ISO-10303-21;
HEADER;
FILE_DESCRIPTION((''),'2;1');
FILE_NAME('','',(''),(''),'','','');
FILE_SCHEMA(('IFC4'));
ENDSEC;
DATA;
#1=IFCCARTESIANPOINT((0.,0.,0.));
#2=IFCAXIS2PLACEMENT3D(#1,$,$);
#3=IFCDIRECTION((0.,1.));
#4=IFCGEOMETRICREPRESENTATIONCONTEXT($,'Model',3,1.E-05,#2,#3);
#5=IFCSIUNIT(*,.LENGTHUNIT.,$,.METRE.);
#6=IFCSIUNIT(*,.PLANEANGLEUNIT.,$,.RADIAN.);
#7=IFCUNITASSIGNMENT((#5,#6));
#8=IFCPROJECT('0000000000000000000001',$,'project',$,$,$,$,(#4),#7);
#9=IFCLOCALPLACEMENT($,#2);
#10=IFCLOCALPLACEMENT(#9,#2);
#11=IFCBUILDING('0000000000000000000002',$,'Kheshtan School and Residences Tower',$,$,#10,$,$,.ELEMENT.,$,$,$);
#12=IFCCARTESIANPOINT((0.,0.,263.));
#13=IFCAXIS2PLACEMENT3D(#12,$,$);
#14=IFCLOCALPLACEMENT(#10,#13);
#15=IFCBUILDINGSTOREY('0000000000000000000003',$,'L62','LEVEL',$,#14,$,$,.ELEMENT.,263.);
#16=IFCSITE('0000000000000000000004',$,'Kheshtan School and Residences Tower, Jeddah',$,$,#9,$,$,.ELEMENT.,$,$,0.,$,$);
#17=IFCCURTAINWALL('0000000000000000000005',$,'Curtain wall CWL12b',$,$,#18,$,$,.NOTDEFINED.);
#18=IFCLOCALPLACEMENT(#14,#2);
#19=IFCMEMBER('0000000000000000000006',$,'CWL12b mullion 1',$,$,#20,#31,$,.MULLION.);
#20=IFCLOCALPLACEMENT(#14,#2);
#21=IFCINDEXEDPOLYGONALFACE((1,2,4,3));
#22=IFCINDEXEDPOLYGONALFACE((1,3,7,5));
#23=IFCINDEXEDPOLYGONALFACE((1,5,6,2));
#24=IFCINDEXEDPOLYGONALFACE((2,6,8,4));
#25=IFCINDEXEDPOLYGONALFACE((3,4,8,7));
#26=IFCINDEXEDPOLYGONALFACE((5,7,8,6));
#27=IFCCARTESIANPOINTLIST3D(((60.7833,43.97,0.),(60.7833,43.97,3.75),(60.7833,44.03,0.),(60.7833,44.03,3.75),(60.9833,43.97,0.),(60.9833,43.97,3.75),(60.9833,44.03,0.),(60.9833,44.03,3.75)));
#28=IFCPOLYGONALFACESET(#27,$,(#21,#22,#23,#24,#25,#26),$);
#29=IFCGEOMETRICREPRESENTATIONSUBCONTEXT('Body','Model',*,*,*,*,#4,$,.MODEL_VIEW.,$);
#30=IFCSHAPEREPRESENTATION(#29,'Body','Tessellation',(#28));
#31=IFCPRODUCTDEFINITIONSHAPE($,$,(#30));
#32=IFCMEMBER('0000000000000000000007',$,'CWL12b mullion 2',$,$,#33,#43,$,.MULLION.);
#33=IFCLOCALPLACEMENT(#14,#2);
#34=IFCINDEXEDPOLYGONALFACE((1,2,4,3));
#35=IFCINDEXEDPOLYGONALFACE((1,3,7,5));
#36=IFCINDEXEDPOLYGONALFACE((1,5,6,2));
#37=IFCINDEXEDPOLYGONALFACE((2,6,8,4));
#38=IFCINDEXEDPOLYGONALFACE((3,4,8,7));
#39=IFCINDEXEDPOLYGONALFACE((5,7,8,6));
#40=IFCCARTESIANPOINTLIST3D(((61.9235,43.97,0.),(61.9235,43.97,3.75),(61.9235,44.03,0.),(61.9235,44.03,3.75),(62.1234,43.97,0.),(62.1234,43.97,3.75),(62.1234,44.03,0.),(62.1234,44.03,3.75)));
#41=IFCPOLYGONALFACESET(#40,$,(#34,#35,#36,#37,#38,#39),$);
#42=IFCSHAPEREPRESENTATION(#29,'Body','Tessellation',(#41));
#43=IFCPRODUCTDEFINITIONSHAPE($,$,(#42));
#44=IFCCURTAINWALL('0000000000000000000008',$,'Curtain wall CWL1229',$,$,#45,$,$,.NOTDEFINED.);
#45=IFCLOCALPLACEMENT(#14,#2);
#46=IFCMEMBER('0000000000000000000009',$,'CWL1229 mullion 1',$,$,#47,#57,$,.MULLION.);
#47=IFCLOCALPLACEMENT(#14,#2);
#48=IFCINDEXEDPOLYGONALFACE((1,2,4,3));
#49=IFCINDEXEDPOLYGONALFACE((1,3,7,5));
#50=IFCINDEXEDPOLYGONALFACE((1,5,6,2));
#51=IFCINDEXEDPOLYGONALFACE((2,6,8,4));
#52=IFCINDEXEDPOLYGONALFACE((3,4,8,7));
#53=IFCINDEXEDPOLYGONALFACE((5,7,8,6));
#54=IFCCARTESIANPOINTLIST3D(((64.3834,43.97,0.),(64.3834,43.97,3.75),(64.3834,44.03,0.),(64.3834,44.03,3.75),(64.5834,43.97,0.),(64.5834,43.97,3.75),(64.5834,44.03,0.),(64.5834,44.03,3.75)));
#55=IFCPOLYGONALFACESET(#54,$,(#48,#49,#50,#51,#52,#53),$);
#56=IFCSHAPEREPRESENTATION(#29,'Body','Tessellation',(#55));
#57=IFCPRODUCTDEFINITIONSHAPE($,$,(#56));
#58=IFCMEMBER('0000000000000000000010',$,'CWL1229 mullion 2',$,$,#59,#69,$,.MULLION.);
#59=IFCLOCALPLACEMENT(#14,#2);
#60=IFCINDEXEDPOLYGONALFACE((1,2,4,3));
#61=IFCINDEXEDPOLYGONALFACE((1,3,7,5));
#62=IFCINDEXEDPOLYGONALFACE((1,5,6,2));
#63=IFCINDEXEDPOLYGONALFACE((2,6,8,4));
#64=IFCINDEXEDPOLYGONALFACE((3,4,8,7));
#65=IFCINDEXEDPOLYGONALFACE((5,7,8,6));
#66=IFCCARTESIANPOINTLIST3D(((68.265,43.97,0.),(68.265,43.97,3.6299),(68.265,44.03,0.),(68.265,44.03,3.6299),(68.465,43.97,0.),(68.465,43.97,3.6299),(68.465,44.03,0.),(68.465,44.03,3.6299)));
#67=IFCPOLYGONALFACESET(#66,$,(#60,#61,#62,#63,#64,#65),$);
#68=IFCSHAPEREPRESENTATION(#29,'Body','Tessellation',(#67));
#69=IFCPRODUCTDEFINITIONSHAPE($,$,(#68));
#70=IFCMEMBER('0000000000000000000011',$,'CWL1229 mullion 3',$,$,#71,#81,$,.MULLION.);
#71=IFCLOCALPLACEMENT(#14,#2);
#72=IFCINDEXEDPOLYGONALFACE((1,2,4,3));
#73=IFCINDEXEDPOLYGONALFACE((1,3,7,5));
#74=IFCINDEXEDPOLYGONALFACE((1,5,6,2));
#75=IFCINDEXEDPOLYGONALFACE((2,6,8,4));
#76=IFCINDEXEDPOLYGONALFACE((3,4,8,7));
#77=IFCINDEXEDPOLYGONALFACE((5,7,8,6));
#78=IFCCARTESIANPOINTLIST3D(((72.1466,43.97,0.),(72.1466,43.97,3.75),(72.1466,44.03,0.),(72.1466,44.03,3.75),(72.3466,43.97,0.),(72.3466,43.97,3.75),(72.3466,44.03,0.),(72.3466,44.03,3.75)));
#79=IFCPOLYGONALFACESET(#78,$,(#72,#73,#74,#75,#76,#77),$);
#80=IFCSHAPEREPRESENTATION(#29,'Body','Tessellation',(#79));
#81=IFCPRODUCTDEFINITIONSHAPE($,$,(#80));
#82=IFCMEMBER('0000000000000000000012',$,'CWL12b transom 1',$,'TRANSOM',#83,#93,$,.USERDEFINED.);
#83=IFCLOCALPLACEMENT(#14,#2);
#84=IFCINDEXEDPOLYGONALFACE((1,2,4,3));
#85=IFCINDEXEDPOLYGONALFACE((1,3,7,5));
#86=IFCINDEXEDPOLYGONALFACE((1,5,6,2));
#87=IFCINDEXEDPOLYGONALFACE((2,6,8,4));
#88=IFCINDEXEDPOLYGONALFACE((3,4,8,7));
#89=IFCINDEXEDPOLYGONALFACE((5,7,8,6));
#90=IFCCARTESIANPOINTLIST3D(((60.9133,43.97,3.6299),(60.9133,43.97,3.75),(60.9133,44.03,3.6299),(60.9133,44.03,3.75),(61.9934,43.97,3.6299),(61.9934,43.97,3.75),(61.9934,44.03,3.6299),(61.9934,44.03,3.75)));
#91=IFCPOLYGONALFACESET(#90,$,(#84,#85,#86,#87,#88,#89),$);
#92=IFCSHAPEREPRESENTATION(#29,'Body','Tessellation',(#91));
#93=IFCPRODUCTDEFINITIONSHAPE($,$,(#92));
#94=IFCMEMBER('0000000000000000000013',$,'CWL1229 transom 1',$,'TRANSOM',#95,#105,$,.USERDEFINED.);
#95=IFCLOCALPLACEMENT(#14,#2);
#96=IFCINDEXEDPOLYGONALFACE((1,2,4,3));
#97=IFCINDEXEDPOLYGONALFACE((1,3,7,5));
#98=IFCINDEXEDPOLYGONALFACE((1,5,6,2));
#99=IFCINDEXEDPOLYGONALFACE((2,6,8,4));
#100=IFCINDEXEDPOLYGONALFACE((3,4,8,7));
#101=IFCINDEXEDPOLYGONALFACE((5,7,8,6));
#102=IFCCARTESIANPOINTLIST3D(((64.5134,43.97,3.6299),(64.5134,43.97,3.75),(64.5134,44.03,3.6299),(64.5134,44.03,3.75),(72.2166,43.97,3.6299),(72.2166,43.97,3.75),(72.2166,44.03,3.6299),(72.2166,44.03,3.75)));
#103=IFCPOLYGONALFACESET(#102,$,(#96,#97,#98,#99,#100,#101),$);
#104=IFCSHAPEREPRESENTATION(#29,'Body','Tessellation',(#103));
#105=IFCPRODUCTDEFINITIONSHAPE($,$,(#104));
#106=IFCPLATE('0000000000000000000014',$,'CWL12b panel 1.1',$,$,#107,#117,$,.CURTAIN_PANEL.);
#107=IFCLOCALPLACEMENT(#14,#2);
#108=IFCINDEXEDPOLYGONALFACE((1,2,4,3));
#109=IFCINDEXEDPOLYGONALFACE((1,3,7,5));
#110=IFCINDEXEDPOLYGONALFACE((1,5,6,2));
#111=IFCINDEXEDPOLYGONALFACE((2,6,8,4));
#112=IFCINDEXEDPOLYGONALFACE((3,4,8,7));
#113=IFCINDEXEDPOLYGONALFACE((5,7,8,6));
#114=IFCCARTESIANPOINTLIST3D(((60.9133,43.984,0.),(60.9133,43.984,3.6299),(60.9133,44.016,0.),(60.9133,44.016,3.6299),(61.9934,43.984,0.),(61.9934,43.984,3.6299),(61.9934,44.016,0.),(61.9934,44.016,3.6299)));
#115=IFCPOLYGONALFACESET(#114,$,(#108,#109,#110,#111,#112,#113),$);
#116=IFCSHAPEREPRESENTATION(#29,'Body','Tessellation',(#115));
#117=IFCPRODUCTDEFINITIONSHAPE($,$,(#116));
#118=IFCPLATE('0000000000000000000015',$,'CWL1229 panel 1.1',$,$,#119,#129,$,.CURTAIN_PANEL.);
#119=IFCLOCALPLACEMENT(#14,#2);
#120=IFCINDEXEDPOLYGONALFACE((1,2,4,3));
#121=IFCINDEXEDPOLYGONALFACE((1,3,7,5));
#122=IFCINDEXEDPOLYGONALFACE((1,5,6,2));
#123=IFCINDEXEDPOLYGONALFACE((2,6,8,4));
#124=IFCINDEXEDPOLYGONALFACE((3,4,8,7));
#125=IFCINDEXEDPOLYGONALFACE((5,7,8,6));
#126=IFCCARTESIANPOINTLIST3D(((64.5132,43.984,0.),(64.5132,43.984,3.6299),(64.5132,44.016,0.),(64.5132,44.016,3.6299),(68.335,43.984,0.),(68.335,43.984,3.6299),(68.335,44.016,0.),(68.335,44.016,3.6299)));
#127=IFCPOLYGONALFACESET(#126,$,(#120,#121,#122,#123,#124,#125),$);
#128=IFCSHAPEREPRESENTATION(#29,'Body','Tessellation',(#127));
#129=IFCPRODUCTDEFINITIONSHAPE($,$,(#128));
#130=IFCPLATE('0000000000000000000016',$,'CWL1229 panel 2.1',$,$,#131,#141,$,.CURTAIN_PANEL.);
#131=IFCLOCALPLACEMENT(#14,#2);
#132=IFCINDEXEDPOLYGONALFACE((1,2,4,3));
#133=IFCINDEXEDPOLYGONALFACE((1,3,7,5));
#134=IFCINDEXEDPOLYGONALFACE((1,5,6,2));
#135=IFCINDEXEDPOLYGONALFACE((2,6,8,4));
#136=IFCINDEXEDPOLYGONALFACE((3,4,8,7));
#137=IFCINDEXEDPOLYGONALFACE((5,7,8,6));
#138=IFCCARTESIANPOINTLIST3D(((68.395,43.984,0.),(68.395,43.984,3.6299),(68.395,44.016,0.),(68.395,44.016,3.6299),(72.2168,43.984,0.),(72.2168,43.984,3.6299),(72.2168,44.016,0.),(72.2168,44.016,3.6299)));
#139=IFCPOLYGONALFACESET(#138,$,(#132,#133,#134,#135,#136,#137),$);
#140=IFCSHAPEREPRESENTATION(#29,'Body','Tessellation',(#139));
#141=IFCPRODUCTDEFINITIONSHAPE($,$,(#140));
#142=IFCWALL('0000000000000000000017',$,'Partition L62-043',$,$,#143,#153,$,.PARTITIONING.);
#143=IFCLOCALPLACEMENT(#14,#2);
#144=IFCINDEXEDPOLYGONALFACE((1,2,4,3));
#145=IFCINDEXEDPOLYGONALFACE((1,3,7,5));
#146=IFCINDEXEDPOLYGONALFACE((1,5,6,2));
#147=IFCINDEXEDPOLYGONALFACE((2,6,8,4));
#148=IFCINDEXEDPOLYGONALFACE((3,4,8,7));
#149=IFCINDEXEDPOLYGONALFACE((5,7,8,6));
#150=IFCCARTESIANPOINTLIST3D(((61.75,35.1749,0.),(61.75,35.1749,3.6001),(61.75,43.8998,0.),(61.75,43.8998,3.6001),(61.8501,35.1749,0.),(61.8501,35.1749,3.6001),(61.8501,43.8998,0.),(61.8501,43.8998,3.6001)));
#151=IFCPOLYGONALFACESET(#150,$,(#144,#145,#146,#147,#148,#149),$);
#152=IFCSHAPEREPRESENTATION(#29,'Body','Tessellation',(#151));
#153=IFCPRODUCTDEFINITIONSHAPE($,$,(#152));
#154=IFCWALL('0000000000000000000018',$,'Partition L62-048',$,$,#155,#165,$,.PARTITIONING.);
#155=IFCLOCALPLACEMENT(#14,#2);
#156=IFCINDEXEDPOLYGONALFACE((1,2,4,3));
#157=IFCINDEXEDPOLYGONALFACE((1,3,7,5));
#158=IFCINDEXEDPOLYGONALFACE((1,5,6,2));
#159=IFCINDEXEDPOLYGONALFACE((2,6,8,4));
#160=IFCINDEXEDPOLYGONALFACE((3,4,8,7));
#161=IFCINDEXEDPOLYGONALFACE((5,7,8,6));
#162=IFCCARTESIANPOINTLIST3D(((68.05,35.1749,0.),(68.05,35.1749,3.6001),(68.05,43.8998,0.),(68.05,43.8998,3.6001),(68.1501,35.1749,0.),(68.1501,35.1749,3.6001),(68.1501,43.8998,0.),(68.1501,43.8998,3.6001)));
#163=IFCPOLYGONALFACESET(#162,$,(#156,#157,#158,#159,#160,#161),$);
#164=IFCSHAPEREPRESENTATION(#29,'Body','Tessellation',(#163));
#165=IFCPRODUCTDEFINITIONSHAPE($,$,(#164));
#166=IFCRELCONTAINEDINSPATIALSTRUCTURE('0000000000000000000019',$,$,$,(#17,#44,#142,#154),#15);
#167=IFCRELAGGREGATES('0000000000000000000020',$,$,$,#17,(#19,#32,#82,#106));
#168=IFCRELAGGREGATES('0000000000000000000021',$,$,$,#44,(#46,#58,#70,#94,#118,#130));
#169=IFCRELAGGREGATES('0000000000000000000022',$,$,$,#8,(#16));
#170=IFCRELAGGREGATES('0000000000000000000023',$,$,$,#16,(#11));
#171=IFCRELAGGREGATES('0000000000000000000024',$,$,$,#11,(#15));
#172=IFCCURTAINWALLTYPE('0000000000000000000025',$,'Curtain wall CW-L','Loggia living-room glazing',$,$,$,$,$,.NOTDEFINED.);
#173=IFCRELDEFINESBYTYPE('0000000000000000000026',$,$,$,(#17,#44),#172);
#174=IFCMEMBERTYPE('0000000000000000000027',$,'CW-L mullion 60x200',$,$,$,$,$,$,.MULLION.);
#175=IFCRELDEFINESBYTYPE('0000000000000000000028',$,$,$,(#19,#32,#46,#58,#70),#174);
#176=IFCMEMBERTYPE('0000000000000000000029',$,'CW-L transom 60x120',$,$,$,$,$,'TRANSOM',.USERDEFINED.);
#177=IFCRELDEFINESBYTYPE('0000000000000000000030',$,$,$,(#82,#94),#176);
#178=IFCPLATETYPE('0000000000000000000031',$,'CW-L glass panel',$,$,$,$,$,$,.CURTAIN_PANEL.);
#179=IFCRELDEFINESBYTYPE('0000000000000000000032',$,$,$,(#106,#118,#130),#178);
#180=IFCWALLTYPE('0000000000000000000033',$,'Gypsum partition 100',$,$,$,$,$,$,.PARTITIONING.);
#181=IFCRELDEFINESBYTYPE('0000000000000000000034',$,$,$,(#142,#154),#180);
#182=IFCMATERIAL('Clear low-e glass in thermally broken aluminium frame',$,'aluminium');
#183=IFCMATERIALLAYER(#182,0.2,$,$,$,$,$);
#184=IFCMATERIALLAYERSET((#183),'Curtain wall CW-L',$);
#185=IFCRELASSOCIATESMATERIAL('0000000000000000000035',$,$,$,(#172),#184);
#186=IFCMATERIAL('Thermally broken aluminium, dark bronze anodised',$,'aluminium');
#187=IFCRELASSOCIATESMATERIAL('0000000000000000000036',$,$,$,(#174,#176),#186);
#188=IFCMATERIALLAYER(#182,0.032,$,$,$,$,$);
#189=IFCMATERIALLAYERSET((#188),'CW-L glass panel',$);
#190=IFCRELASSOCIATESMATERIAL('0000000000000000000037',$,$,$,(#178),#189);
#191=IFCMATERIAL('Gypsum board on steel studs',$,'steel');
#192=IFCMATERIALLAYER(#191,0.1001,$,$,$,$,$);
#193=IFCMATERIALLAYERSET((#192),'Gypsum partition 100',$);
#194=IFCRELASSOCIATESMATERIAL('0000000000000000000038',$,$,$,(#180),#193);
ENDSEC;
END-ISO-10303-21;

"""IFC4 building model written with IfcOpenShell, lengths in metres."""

from ifc_helpers import new_model, si_unit, direction, frame, frame_2d, origin, origin_2d, place, context, subcontext, project, spatial, rectangle, extrude, material, layer, layer_set, material_profile, profile_set, type_object, element, aggregate, save


model = new_model("IFC4")

# Units and contexts
model_context = context("Model", 3, precision=1e-05, world=origin(), true_north=direction((0.0, 1.0)))
body_context = subcontext(model_context, "Body", "Model", "MODEL_VIEW")
ifc_project = project(units=[si_unit("LENGTHUNIT", "METRE"), si_unit("PLANEANGLEUNIT", "RADIAN")], contexts=[model_context])

# Site, building, storey
site_placement = place(None, origin())
site = spatial("IfcSite", under=ifc_project, at=site_placement, Name="Kheshtan School and Residences Tower, Jeddah", CompositionType="ELEMENT", RefElevation=0.0)
building_placement = place(site_placement, origin())
building = spatial("IfcBuilding", under=site, at=building_placement, Name="Kheshtan School and Residences Tower", CompositionType="ELEMENT")
storey_placement = place(building_placement, frame((0.0, 0.0, 263.0)))
storey = spatial("IfcBuildingStorey", under=building, at=storey_placement, Name="L62", Description="LEVEL", CompositionType="ELEMENT", Elevation=263.0)

# Curtain walls, members
ifc_material_1 = material(Name="Clear low-e glass in thermally broken aluminium frame", Category="aluminium")
ifc_layer_1 = layer(ifc_material_1, 0.2)
ifc_layer_set_1 = layer_set([ifc_layer_1], Name="Curtain wall CW-L")
curtain_wall_type = type_object("IfcCurtainWallType", Name="Curtain wall CW-L", Description="Loggia living-room glazing", PredefinedType="NOTDEFINED", material=ifc_layer_set_1)
curtain_wall_1_placement = place(storey_placement, origin())
curtain_wall_1 = element("IfcCurtainWall", 1, at=curtain_wall_1_placement, inside=storey, type_object=curtain_wall_type, Name="Curtain wall CWL12b", PredefinedType="NOTDEFINED")
ifc_material_2 = material(Name="Thermally broken aluminium, dark bronze anodised", Category="aluminium")
ifc_material_profile_1 = material_profile(ifc_material_2, rectangle(XDim=0.0601, YDim=0.2, at=origin_2d()), Name="CW-L mullion 60x200")
ifc_profile_set_1 = profile_set([ifc_material_profile_1], Name="Thermally broken aluminium, dark bronze anodised")
member_type_1 = type_object("IfcMemberType", Name="CW-L mullion 60x200", PredefinedType="MULLION", material=ifc_profile_set_1)
member_1_placement = place(storey_placement, frame((60.8833, 44.0, 0.0), z_axis=(0.0, 0.0, 1.0), x_axis=(0.0, 1.0, 0.0)))
member_1 = element("IfcMember", 2, at=member_1_placement, type_object=member_type_1, Name="CWL12b mullion 1", PredefinedType="MULLION", context=body_context, shape_type="SweptSolid", body=[
    extrude(rectangle(XDim=0.0601, YDim=0.2, at=origin_2d()), origin(), (0.0, 0.0, 1.0), 3.75),
])
member_2_placement = place(storey_placement, frame((62.0234, 44.0, 0.0), z_axis=(0.0, 0.0, 1.0), x_axis=(0.0, 1.0, 0.0)))
member_2 = element("IfcMember", 3, at=member_2_placement, type_object=member_type_1, Name="CWL12b mullion 2", PredefinedType="MULLION", context=body_context, shape_type="SweptSolid", body=[
    extrude(rectangle(XDim=0.0601, YDim=0.2, at=origin_2d()), origin(), (0.0, 0.0, 1.0), 3.75),
])
curtain_wall_2_placement = place(storey_placement, origin())
curtain_wall_2 = element("IfcCurtainWall", 4, at=curtain_wall_2_placement, inside=storey, type_object=curtain_wall_type, Name="Curtain wall CWL1229", PredefinedType="NOTDEFINED")
member_3_placement = place(storey_placement, frame((64.4834, 44.0, 0.0), z_axis=(0.0, 0.0, 1.0), x_axis=(0.0, 1.0, 0.0)))
member_3 = element("IfcMember", 5, at=member_3_placement, type_object=member_type_1, Name="CWL1229 mullion 1", PredefinedType="MULLION", context=body_context, shape_type="SweptSolid", body=[
    extrude(rectangle(XDim=0.0601, YDim=0.2, at=origin_2d()), origin(), (0.0, 0.0, 1.0), 3.75),
])
member_4_placement = place(storey_placement, frame((68.365, 44.0, 0.0), z_axis=(0.0, 0.0, 1.0), x_axis=(0.0, 1.0, 0.0)))
member_4 = element("IfcMember", 6, at=member_4_placement, type_object=member_type_1, Name="CWL1229 mullion 2", PredefinedType="MULLION", context=body_context, shape_type="SweptSolid", body=[
    extrude(rectangle(XDim=0.0601, YDim=0.2, at=origin_2d()), origin(), (0.0, 0.0, 1.0), 3.6299),
])
member_5_placement = place(storey_placement, frame((72.2466, 44.0, 0.0), z_axis=(0.0, 0.0, 1.0), x_axis=(0.0, 1.0, 0.0)))
member_5 = element("IfcMember", 7, at=member_5_placement, type_object=member_type_1, Name="CWL1229 mullion 3", PredefinedType="MULLION", context=body_context, shape_type="SweptSolid", body=[
    extrude(rectangle(XDim=0.0601, YDim=0.2, at=origin_2d()), origin(), (0.0, 0.0, 1.0), 3.75),
])

# Members
ifc_material_profile_2 = material_profile(ifc_material_2, rectangle(XDim=0.0601, YDim=0.1201, at=origin_2d()), Name="CW-L transom 60x120")
ifc_profile_set_2 = profile_set([ifc_material_profile_2], Name="Thermally broken aluminium, dark bronze anodised")
member_type_2 = type_object("IfcMemberType", Name="CW-L transom 60x120", ElementType="TRANSOM", PredefinedType="USERDEFINED", material=ifc_profile_set_2)
member_6_placement = place(storey_placement, frame((60.9133, 44.0, 3.6899), z_axis=(1.0, 0.0, 0.0), x_axis=(0.0, 1.0, 0.0)))
member_6 = element("IfcMember", 8, at=member_6_placement, type_object=member_type_2, Name="CWL12b transom 1", ObjectType="TRANSOM", PredefinedType="USERDEFINED", context=body_context, shape_type="SweptSolid", body=[
    extrude(rectangle(XDim=0.0601, YDim=0.1201, at=origin_2d()), origin(), (0.0, 0.0, 1.0), 1.0801),
])
member_7_placement = place(storey_placement, frame((64.5134, 44.0, 3.6899), z_axis=(1.0, 0.0, 0.0), x_axis=(0.0, 1.0, 0.0)))
member_7 = element("IfcMember", 9, at=member_7_placement, type_object=member_type_2, Name="CWL1229 transom 1", ObjectType="TRANSOM", PredefinedType="USERDEFINED", context=body_context, shape_type="SweptSolid", body=[
    extrude(rectangle(XDim=0.0601, YDim=0.1201, at=origin_2d()), origin(), (0.0, 0.0, 1.0), 7.7031),
])

# Plates
ifc_layer_2 = layer(ifc_material_1, 0.032)
ifc_layer_set_2 = layer_set([ifc_layer_2], Name="CW-L glass panel")
plate_type = type_object("IfcPlateType", Name="CW-L glass panel", PredefinedType="CURTAIN_PANEL", material=ifc_layer_set_2)
plate_1_placement = place(storey_placement, frame((61.4534, 44.0, 0.0), z_axis=(0.0, 0.0, 1.0), x_axis=(1.0, 0.0, 0.0)))
plate_1 = element("IfcPlate", 10, at=plate_1_placement, type_object=plate_type, Name="CWL12b panel 1.1", PredefinedType="CURTAIN_PANEL", context=body_context, shape_type="SweptSolid", body=[
    extrude(rectangle(XDim=1.0801, YDim=0.032, at=origin_2d()), origin(), (0.0, 0.0, 1.0), 3.6299),
])
aggregate(curtain_wall_1, [member_1, member_2, member_6, plate_1])
plate_2_placement = place(storey_placement, frame((66.4241, 44.0, 0.0), z_axis=(0.0, 0.0, 1.0), x_axis=(1.0, 0.0, 0.0)))
plate_2 = element("IfcPlate", 11, at=plate_2_placement, type_object=plate_type, Name="CWL1229 panel 1.1", PredefinedType="CURTAIN_PANEL", context=body_context, shape_type="SweptSolid", body=[
    extrude(rectangle(XDim=3.8218, YDim=0.032, at=origin_2d()), origin(), (0.0, 0.0, 1.0), 3.6299),
])
plate_3_placement = place(storey_placement, frame((70.3059, 44.0, 0.0), z_axis=(0.0, 0.0, 1.0), x_axis=(1.0, 0.0, 0.0)))
plate_3 = element("IfcPlate", 12, at=plate_3_placement, type_object=plate_type, Name="CWL1229 panel 2.1", PredefinedType="CURTAIN_PANEL", context=body_context, shape_type="SweptSolid", body=[
    extrude(rectangle(XDim=3.8218, YDim=0.032, at=origin_2d()), origin(), (0.0, 0.0, 1.0), 3.6299),
])
aggregate(curtain_wall_2, [member_3, member_4, member_5, member_7, plate_2, plate_3])

# Walls
ifc_material_3 = material(Name="Gypsum board on steel studs", Category="steel")
ifc_layer_3 = layer(ifc_material_3, 0.1001)
ifc_layer_set_3 = layer_set([ifc_layer_3], Name="Gypsum partition 100")
wall_type_1 = type_object("IfcWallType", Name="Gypsum partition 100", PredefinedType="PARTITIONING", material=ifc_layer_set_3)
for number, where, z_axis, x_axis, name in (
    (13, (61.8, 35.175, 0.0), (0.0, 0.0, 1.0), (0.0, 1.0, 0.0), "Partition L62-043"),
    (14, (68.1001, 35.175, 0.0), (0.0, 0.0, 1.0), (0.0, 1.0, 0.0), "Partition L62-048"),
):
    element("IfcWall", number, at=place(storey_placement, frame(where, z_axis=z_axis, x_axis=x_axis)), inside=storey, type_object=wall_type_1, Name=name, PredefinedType="PARTITIONING", context=body_context, shape_type="SweptSolid", body=[
        extrude(rectangle(XDim=8.7249, YDim=0.1001, at=frame_2d((4.3623, 0.0))), origin(), (0.0, 0.0, 1.0), 3.6001),
    ])

save(model, "model.ifc")
